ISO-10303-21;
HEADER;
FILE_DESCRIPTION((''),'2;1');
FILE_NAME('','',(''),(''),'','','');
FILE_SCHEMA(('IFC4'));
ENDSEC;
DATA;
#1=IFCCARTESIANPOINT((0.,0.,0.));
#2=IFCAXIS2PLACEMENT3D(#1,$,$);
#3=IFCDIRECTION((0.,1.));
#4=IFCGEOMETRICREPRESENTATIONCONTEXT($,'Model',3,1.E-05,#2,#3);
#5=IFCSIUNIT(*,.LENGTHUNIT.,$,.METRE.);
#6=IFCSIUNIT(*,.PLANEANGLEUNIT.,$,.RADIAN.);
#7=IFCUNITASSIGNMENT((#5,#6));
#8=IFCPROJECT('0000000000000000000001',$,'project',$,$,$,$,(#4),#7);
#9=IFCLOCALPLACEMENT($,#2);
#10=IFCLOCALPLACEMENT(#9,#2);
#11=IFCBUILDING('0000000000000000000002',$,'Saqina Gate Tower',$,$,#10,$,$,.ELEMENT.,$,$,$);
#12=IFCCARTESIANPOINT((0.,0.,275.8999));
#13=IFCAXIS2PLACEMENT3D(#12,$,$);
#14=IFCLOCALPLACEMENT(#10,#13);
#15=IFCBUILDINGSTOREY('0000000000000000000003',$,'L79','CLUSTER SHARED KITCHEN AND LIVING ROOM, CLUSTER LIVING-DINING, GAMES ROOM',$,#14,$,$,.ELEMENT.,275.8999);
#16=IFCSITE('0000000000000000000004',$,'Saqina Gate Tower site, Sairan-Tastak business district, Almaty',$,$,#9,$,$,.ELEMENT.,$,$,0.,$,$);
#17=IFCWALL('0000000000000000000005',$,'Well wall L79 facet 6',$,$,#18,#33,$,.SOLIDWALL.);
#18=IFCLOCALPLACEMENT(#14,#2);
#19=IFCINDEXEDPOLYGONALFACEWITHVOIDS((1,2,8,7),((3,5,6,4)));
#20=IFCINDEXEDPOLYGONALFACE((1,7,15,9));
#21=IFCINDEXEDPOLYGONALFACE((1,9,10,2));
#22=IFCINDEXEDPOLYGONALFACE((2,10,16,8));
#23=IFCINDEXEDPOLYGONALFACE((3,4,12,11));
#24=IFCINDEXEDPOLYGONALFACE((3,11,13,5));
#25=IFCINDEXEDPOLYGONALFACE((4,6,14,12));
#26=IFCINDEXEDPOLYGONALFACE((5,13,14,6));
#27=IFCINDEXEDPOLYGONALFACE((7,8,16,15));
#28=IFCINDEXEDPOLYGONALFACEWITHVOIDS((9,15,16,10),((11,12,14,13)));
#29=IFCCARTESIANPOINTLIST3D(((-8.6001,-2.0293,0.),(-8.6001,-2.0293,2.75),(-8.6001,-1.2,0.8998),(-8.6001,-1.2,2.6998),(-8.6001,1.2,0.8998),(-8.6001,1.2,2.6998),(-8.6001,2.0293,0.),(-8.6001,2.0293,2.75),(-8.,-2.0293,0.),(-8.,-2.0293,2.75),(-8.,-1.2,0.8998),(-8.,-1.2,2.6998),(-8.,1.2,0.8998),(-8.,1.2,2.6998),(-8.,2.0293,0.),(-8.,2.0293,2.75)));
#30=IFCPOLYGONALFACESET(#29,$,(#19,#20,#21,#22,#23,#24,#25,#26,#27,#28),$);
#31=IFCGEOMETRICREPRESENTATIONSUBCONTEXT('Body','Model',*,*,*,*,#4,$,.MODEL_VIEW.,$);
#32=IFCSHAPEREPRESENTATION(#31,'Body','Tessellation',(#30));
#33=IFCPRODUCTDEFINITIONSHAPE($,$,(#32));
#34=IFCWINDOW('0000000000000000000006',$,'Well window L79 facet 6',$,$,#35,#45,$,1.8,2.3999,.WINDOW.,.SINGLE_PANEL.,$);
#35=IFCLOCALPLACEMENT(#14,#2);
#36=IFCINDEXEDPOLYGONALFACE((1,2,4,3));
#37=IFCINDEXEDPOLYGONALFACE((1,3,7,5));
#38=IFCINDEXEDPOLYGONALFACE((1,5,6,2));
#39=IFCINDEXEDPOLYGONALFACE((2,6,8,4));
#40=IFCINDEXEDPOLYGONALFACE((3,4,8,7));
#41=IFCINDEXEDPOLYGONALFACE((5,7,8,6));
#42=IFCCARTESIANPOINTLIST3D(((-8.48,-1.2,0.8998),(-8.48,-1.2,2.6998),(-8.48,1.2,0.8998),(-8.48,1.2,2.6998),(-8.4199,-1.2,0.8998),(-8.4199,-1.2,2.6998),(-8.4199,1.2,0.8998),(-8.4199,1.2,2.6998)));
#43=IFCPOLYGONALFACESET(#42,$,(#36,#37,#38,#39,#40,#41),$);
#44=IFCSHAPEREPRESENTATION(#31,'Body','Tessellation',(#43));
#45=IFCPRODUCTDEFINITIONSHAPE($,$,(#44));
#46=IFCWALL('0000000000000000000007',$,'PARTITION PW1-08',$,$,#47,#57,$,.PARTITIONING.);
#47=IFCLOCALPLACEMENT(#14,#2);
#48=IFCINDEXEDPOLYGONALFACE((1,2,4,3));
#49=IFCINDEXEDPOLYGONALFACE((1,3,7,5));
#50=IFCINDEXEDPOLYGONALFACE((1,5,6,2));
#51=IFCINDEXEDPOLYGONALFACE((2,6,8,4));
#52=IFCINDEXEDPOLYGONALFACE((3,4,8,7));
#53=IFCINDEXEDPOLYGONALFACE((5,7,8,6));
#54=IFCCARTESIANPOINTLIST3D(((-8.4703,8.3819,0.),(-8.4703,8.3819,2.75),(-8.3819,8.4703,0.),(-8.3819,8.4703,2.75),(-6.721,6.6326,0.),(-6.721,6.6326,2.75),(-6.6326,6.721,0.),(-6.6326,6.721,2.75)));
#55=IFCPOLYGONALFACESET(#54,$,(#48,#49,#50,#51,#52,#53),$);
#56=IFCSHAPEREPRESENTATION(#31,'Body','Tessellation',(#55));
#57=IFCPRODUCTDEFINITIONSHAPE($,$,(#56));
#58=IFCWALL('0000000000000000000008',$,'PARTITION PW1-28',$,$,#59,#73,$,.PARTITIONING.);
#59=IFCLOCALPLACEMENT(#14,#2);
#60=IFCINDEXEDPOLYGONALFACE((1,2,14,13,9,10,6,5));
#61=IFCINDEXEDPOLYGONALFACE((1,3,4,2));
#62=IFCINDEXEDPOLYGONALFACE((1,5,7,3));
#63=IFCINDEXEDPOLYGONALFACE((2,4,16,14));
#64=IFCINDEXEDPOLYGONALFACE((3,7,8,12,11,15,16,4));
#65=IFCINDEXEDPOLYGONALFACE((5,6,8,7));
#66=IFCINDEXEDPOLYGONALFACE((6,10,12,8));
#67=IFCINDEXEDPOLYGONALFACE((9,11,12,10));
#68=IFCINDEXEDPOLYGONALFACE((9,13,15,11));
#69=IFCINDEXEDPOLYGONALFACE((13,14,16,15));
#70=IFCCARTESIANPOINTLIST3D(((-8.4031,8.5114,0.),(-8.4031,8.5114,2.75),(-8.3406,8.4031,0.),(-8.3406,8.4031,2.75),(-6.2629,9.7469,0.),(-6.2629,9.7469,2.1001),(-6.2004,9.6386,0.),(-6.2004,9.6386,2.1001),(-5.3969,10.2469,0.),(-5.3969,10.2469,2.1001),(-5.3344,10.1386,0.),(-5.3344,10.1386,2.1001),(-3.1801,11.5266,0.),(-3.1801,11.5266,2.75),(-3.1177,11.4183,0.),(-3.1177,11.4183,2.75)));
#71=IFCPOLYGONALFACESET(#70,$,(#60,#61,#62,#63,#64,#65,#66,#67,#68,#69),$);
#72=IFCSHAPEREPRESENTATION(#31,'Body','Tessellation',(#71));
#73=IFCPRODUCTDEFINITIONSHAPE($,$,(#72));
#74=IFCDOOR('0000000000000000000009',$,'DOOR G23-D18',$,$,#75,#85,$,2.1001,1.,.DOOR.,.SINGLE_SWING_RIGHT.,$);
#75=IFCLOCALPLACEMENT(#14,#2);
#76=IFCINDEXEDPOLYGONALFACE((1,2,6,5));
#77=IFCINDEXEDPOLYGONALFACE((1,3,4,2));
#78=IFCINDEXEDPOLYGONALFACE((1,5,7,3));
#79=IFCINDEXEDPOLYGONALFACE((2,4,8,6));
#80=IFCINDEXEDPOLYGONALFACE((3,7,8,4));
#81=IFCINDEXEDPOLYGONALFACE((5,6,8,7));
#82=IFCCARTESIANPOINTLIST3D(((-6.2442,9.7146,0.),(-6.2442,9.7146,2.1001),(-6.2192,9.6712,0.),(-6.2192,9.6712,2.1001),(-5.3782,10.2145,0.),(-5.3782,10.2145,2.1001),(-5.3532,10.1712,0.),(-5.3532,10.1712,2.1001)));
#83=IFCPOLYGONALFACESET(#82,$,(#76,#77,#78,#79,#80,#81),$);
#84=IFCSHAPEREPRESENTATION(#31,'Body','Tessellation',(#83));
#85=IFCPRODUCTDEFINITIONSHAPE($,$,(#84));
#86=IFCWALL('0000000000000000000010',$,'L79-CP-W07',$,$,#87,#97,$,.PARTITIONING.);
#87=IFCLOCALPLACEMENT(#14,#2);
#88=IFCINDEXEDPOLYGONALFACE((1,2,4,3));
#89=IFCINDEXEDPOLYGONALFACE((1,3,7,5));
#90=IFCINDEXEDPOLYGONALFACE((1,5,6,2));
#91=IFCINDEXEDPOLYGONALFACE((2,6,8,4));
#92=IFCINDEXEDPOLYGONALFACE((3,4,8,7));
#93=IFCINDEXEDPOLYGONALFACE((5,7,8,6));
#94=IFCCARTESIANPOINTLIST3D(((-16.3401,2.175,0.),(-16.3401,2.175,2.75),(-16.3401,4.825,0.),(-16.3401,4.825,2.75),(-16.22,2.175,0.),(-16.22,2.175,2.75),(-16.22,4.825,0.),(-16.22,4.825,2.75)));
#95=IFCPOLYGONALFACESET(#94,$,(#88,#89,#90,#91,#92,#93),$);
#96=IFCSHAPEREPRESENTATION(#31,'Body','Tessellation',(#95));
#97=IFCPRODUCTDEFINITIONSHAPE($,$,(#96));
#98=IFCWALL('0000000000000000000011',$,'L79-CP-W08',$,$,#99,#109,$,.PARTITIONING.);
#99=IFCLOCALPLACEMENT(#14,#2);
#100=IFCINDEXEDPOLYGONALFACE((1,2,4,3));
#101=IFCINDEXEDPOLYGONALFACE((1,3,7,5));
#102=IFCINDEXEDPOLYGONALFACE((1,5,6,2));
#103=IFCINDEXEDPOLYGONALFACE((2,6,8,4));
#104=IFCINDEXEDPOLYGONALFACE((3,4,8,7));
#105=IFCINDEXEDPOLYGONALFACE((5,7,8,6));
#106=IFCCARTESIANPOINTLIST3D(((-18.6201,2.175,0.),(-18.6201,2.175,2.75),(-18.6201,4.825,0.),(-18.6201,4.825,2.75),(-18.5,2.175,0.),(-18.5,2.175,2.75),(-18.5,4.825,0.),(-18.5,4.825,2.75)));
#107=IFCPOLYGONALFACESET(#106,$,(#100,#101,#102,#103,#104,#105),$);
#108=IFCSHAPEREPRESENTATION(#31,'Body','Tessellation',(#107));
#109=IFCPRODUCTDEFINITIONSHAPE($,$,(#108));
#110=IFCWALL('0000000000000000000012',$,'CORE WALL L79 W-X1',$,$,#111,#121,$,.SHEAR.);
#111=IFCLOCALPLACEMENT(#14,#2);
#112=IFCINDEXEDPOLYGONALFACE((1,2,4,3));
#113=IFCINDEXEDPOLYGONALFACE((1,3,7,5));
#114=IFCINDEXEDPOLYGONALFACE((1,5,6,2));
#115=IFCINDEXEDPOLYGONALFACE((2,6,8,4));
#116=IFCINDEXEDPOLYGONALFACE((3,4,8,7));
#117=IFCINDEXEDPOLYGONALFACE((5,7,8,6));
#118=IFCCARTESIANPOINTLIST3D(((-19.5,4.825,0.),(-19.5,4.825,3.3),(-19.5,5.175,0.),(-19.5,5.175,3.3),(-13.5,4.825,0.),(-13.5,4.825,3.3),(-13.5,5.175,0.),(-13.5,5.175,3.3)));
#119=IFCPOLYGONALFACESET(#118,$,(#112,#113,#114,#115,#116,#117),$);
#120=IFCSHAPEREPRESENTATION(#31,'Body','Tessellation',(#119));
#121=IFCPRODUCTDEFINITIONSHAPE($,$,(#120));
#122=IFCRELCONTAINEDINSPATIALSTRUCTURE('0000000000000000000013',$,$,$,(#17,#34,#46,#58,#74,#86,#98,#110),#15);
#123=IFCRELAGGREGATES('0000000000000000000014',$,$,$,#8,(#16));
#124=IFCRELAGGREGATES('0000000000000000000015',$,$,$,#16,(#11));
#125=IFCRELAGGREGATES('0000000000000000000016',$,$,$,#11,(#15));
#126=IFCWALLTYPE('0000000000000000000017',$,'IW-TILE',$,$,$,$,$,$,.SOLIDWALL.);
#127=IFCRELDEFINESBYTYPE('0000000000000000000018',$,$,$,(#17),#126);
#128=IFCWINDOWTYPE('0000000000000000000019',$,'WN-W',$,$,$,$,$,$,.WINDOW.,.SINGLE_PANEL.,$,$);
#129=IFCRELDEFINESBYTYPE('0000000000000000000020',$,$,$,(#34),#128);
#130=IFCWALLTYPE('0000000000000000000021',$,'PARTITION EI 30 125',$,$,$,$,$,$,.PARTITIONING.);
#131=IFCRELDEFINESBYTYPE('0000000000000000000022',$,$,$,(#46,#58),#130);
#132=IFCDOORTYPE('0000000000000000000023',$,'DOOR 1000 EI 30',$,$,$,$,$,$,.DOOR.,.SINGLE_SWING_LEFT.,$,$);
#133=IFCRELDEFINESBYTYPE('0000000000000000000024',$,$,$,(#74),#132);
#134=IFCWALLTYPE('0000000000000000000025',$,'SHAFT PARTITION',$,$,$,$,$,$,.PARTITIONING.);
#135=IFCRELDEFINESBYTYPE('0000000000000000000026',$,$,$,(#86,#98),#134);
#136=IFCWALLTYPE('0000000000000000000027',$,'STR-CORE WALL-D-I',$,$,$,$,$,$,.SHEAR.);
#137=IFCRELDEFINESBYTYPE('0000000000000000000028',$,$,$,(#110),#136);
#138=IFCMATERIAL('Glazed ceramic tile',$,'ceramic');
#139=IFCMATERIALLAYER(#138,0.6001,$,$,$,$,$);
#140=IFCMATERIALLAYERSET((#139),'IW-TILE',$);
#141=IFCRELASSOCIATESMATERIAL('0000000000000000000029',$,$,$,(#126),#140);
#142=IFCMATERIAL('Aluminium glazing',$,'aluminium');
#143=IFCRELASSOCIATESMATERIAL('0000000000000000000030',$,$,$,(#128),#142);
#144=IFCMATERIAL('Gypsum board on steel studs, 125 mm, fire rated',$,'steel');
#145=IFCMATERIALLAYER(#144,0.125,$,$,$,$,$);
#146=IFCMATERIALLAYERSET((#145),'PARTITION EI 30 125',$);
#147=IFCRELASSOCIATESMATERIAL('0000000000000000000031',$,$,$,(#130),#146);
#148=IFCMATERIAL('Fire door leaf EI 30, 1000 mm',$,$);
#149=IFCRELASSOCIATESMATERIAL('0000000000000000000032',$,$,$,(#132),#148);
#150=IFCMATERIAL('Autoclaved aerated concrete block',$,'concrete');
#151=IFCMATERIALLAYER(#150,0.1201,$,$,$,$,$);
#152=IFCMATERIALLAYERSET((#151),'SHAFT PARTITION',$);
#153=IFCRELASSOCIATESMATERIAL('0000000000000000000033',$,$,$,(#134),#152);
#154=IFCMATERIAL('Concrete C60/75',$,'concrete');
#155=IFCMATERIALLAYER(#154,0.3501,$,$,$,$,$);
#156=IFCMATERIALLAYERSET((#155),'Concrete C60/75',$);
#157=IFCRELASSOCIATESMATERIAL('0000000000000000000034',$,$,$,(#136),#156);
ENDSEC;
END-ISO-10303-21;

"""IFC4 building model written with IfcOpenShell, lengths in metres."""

from ifc_helpers import new_model, si_unit, direction, frame, frame_2d, origin, place, context, subcontext, project, spatial, rectangle, extrude, material, layer, layer_set, type_object, element, fill, save


model = new_model("IFC4")

# Units and contexts
model_context = context("Model", 3, precision=1e-05, world=origin(), true_north=direction((0.0, 1.0)))
body_context = subcontext(model_context, "Body", "Model", "MODEL_VIEW")
ifc_project = project(units=[si_unit("LENGTHUNIT", "METRE"), si_unit("PLANEANGLEUNIT", "RADIAN")], contexts=[model_context])

# Site, building, storey
site_placement = place(None, origin())
site = spatial("IfcSite", under=ifc_project, at=site_placement, Name="Saqina Gate Tower site, Sairan-Tastak business district, Almaty", CompositionType="ELEMENT", RefElevation=0.0)
building_placement = place(site_placement, origin())
building = spatial("IfcBuilding", under=site, at=building_placement, Name="Saqina Gate Tower", CompositionType="ELEMENT")
storey_placement = place(building_placement, frame((0.0, 0.0, 275.8999)))
storey = spatial("IfcBuildingStorey", under=building, at=storey_placement, Name="L79", Description="CLUSTER SHARED KITCHEN AND LIVING ROOM, CLUSTER LIVING-DINING, GAMES ROOM", CompositionType="ELEMENT", Elevation=275.8999)

# Wall, opening, window
ifc_material_1 = material(Name="Glazed ceramic tile", Category="ceramic")
ifc_layer_1 = layer(ifc_material_1, 0.6001)
ifc_layer_set_1 = layer_set([ifc_layer_1], Name="IW-TILE")
wall_type_1 = type_object("IfcWallType", Name="IW-TILE", PredefinedType="SOLIDWALL", material=ifc_layer_set_1)
wall_1_placement = place(storey_placement, frame((-8.3, 2.0293, 0.0), z_axis=(0.0, 0.0, 1.0), x_axis=(0.0, -1.0, 0.0)))
wall_1 = element("IfcWall", 1, at=wall_1_placement, inside=storey, type_object=wall_type_1, Name="Well wall L79 facet 6", PredefinedType="SOLIDWALL", context=body_context, shape_type="SweptSolid", body=[
    extrude(rectangle(XDim=4.0586, YDim=0.6001, at=frame_2d((2.0293, 0.0))), origin(), (0.0, 0.0, 1.0), 2.75),
])
opening_1_placement = place(wall_1_placement, frame((0.8293, 0.0, 0.8999)))
opening_1 = element("IfcOpeningElement", 2, at=opening_1_placement, cuts=wall_1, PredefinedType="OPENING", context=body_context, shape_type="SweptSolid", body=[
    extrude(rectangle(XDim=2.3999, YDim=1.8, at=frame_2d((1.2, 0.8999))), frame((0.0, 0.312, 0.0), z_axis=(0.0, -1.0, 0.0), x_axis=(1.0, 0.0, 0.0)), (0.0, 0.0, 1.0), 0.624),
])
ifc_material_2 = material(Name="Aluminium glazing", Category="aluminium")
window_type = type_object("IfcWindowType", Name="WN-W", PartitioningType="SINGLE_PANEL", PredefinedType="WINDOW", material=ifc_material_2)
window_placement = place(opening_1_placement, origin())
window = element("IfcWindow", 3, at=window_placement, inside=storey, type_object=window_type, Name="Well window L79 facet 6", OverallHeight=1.8, OverallWidth=2.3999, PartitioningType="SINGLE_PANEL", PredefinedType="WINDOW", context=body_context, shape_type="SweptSolid", body=[
    extrude(rectangle(XDim=2.3999, YDim=1.8, at=frame_2d((1.2, 0.8999))), frame((0.0, -0.1199, 0.0), z_axis=(0.0, -1.0, 0.0), x_axis=(1.0, 0.0, 0.0)), (0.0, 0.0, 1.0), 0.0601),
])
fill(opening_1, window)

# Wall
ifc_material_3 = material(Name="Gypsum board on steel studs, 125 mm, fire rated", Category="steel")
ifc_layer_2 = layer(ifc_material_3, 0.125)
ifc_layer_set_2 = layer_set([ifc_layer_2], Name="PARTITION EI 30 125")
wall_type_2 = type_object("IfcWallType", Name="PARTITION EI 30 125", PredefinedType="PARTITIONING", material=ifc_layer_set_2)
wall_2_placement = place(storey_placement, frame((-8.426, 8.426, 0.0), z_axis=(0.0, 0.0, 1.0), x_axis=(0.707107, -0.707107, 0.0)))
element("IfcWall", 4, at=wall_2_placement, inside=storey, type_object=wall_type_2, Name="PARTITION PW1-08", PredefinedType="PARTITIONING", context=body_context, shape_type="SweptSolid", body=[
    extrude(rectangle(XDim=2.4739, YDim=0.125, at=frame_2d((1.2368, 0.0))), origin(), (0.0, 0.0, 1.0), 2.75),
])

# Wall, opening, door
wall_3_placement = place(storey_placement, frame((-8.3718, 8.4573, 0.0), z_axis=(0.0, 0.0, 1.0), x_axis=(0.866047, 0.499962, 0.0)))
wall_3 = element("IfcWall", 5, at=wall_3_placement, inside=storey, type_object=wall_type_2, Name="PARTITION PW1-28", PredefinedType="PARTITIONING", context=body_context, shape_type="SweptSolid", body=[
    extrude(rectangle(XDim=6.0308, YDim=0.125, at=frame_2d((3.0154, 0.0))), origin(), (0.0, 0.0, 1.0), 2.75),
])
opening_2_placement = place(wall_3_placement, frame((2.4712, 0.0, 0.0)))
opening_2 = element("IfcOpeningElement", 6, at=opening_2_placement, cuts=wall_3, PredefinedType="OPENING", context=body_context, shape_type="SweptSolid", body=[
    extrude(rectangle(XDim=1.0, YDim=2.1001, at=frame_2d((0.5, 1.05))), frame((0.0, 0.0745, 0.0), z_axis=(0.0, -1.0, 0.0), x_axis=(1.0, 0.0, 0.0)), (0.0, 0.0, 1.0), 0.1489),
])
ifc_material_4 = material(Name="Fire door leaf EI 30, 1000 mm")
door_type_1 = type_object("IfcDoorType", Name="DOOR 1000 EI 30", OperationType="SINGLE_SWING_LEFT", PredefinedType="DOOR", material=ifc_material_4)
door_1_placement = place(opening_2_placement, frame((1.0, 0.0, 0.0), z_axis=(0.0, 0.0, 1.0), x_axis=(-1.0, 0.0, 0.0)))
door_1 = element("IfcDoor", 7, at=door_1_placement, inside=storey, type_object=door_type_1, Name="DOOR G23-D18", OperationType="SINGLE_SWING_RIGHT", OverallHeight=2.1001, OverallWidth=1.0, PredefinedType="DOOR", context=body_context, shape_type="SweptSolid", body=[
    extrude(rectangle(XDim=1.0, YDim=2.1001, at=frame_2d((0.5, 1.05))), frame((0.0, 0.0249, 0.0), z_axis=(0.0, -1.0, 0.0), x_axis=(1.0, 0.0, 0.0)), (0.0, 0.0, 1.0), 0.05),
])
fill(opening_2, door_1)

# Walls
ifc_material_5 = material(Name="Autoclaved aerated concrete block", Category="concrete")
ifc_layer_3 = layer(ifc_material_5, 0.1201)
ifc_layer_set_3 = layer_set([ifc_layer_3], Name="SHAFT PARTITION")
wall_type_3 = type_object("IfcWallType", Name="SHAFT PARTITION", PredefinedType="PARTITIONING", material=ifc_layer_set_3)
for number, where, z_axis, x_axis, name in (
    (8, (-16.28, 2.175, 0.0), (0.0, 0.0, 1.0), (0.0, 1.0, 0.0), "L79-CP-W07"),
    (9, (-18.5601, 2.175, 0.0), (0.0, 0.0, 1.0), (0.0, 1.0, 0.0), "L79-CP-W08"),
):
    element("IfcWall", number, at=place(storey_placement, frame(where, z_axis=z_axis, x_axis=x_axis)), inside=storey, type_object=wall_type_3, Name=name, PredefinedType="PARTITIONING", context=body_context, shape_type="SweptSolid", body=[
        extrude(rectangle(XDim=2.6499, YDim=0.1201, at=frame_2d((1.325, 0.0))), origin(), (0.0, 0.0, 1.0), 2.75),
    ])
ifc_material_6 = material(Name="Concrete C60/75", Category="concrete")
ifc_layer_4 = layer(ifc_material_6, 0.3501)
ifc_layer_set_4 = layer_set([ifc_layer_4], Name="Concrete C60/75")
wall_type_4 = type_object("IfcWallType", Name="STR-CORE WALL-D-I", PredefinedType="SHEAR", material=ifc_layer_set_4)
wall_4_placement = place(storey_placement, frame((-13.5, 5.0, 0.0), z_axis=(0.0, 0.0, 1.0), x_axis=(-1.0, 0.0, 0.0)))
element("IfcWall", 10, at=wall_4_placement, inside=storey, type_object=wall_type_4, Name="CORE WALL L79 W-X1", PredefinedType="SHEAR", context=body_context, shape_type="SweptSolid", body=[
    extrude(rectangle(XDim=6.0, YDim=0.3501, at=frame_2d((3.0, 0.0))), origin(), (0.0, 0.0, 1.0), 3.3),
])

save(model, "model.ifc")
